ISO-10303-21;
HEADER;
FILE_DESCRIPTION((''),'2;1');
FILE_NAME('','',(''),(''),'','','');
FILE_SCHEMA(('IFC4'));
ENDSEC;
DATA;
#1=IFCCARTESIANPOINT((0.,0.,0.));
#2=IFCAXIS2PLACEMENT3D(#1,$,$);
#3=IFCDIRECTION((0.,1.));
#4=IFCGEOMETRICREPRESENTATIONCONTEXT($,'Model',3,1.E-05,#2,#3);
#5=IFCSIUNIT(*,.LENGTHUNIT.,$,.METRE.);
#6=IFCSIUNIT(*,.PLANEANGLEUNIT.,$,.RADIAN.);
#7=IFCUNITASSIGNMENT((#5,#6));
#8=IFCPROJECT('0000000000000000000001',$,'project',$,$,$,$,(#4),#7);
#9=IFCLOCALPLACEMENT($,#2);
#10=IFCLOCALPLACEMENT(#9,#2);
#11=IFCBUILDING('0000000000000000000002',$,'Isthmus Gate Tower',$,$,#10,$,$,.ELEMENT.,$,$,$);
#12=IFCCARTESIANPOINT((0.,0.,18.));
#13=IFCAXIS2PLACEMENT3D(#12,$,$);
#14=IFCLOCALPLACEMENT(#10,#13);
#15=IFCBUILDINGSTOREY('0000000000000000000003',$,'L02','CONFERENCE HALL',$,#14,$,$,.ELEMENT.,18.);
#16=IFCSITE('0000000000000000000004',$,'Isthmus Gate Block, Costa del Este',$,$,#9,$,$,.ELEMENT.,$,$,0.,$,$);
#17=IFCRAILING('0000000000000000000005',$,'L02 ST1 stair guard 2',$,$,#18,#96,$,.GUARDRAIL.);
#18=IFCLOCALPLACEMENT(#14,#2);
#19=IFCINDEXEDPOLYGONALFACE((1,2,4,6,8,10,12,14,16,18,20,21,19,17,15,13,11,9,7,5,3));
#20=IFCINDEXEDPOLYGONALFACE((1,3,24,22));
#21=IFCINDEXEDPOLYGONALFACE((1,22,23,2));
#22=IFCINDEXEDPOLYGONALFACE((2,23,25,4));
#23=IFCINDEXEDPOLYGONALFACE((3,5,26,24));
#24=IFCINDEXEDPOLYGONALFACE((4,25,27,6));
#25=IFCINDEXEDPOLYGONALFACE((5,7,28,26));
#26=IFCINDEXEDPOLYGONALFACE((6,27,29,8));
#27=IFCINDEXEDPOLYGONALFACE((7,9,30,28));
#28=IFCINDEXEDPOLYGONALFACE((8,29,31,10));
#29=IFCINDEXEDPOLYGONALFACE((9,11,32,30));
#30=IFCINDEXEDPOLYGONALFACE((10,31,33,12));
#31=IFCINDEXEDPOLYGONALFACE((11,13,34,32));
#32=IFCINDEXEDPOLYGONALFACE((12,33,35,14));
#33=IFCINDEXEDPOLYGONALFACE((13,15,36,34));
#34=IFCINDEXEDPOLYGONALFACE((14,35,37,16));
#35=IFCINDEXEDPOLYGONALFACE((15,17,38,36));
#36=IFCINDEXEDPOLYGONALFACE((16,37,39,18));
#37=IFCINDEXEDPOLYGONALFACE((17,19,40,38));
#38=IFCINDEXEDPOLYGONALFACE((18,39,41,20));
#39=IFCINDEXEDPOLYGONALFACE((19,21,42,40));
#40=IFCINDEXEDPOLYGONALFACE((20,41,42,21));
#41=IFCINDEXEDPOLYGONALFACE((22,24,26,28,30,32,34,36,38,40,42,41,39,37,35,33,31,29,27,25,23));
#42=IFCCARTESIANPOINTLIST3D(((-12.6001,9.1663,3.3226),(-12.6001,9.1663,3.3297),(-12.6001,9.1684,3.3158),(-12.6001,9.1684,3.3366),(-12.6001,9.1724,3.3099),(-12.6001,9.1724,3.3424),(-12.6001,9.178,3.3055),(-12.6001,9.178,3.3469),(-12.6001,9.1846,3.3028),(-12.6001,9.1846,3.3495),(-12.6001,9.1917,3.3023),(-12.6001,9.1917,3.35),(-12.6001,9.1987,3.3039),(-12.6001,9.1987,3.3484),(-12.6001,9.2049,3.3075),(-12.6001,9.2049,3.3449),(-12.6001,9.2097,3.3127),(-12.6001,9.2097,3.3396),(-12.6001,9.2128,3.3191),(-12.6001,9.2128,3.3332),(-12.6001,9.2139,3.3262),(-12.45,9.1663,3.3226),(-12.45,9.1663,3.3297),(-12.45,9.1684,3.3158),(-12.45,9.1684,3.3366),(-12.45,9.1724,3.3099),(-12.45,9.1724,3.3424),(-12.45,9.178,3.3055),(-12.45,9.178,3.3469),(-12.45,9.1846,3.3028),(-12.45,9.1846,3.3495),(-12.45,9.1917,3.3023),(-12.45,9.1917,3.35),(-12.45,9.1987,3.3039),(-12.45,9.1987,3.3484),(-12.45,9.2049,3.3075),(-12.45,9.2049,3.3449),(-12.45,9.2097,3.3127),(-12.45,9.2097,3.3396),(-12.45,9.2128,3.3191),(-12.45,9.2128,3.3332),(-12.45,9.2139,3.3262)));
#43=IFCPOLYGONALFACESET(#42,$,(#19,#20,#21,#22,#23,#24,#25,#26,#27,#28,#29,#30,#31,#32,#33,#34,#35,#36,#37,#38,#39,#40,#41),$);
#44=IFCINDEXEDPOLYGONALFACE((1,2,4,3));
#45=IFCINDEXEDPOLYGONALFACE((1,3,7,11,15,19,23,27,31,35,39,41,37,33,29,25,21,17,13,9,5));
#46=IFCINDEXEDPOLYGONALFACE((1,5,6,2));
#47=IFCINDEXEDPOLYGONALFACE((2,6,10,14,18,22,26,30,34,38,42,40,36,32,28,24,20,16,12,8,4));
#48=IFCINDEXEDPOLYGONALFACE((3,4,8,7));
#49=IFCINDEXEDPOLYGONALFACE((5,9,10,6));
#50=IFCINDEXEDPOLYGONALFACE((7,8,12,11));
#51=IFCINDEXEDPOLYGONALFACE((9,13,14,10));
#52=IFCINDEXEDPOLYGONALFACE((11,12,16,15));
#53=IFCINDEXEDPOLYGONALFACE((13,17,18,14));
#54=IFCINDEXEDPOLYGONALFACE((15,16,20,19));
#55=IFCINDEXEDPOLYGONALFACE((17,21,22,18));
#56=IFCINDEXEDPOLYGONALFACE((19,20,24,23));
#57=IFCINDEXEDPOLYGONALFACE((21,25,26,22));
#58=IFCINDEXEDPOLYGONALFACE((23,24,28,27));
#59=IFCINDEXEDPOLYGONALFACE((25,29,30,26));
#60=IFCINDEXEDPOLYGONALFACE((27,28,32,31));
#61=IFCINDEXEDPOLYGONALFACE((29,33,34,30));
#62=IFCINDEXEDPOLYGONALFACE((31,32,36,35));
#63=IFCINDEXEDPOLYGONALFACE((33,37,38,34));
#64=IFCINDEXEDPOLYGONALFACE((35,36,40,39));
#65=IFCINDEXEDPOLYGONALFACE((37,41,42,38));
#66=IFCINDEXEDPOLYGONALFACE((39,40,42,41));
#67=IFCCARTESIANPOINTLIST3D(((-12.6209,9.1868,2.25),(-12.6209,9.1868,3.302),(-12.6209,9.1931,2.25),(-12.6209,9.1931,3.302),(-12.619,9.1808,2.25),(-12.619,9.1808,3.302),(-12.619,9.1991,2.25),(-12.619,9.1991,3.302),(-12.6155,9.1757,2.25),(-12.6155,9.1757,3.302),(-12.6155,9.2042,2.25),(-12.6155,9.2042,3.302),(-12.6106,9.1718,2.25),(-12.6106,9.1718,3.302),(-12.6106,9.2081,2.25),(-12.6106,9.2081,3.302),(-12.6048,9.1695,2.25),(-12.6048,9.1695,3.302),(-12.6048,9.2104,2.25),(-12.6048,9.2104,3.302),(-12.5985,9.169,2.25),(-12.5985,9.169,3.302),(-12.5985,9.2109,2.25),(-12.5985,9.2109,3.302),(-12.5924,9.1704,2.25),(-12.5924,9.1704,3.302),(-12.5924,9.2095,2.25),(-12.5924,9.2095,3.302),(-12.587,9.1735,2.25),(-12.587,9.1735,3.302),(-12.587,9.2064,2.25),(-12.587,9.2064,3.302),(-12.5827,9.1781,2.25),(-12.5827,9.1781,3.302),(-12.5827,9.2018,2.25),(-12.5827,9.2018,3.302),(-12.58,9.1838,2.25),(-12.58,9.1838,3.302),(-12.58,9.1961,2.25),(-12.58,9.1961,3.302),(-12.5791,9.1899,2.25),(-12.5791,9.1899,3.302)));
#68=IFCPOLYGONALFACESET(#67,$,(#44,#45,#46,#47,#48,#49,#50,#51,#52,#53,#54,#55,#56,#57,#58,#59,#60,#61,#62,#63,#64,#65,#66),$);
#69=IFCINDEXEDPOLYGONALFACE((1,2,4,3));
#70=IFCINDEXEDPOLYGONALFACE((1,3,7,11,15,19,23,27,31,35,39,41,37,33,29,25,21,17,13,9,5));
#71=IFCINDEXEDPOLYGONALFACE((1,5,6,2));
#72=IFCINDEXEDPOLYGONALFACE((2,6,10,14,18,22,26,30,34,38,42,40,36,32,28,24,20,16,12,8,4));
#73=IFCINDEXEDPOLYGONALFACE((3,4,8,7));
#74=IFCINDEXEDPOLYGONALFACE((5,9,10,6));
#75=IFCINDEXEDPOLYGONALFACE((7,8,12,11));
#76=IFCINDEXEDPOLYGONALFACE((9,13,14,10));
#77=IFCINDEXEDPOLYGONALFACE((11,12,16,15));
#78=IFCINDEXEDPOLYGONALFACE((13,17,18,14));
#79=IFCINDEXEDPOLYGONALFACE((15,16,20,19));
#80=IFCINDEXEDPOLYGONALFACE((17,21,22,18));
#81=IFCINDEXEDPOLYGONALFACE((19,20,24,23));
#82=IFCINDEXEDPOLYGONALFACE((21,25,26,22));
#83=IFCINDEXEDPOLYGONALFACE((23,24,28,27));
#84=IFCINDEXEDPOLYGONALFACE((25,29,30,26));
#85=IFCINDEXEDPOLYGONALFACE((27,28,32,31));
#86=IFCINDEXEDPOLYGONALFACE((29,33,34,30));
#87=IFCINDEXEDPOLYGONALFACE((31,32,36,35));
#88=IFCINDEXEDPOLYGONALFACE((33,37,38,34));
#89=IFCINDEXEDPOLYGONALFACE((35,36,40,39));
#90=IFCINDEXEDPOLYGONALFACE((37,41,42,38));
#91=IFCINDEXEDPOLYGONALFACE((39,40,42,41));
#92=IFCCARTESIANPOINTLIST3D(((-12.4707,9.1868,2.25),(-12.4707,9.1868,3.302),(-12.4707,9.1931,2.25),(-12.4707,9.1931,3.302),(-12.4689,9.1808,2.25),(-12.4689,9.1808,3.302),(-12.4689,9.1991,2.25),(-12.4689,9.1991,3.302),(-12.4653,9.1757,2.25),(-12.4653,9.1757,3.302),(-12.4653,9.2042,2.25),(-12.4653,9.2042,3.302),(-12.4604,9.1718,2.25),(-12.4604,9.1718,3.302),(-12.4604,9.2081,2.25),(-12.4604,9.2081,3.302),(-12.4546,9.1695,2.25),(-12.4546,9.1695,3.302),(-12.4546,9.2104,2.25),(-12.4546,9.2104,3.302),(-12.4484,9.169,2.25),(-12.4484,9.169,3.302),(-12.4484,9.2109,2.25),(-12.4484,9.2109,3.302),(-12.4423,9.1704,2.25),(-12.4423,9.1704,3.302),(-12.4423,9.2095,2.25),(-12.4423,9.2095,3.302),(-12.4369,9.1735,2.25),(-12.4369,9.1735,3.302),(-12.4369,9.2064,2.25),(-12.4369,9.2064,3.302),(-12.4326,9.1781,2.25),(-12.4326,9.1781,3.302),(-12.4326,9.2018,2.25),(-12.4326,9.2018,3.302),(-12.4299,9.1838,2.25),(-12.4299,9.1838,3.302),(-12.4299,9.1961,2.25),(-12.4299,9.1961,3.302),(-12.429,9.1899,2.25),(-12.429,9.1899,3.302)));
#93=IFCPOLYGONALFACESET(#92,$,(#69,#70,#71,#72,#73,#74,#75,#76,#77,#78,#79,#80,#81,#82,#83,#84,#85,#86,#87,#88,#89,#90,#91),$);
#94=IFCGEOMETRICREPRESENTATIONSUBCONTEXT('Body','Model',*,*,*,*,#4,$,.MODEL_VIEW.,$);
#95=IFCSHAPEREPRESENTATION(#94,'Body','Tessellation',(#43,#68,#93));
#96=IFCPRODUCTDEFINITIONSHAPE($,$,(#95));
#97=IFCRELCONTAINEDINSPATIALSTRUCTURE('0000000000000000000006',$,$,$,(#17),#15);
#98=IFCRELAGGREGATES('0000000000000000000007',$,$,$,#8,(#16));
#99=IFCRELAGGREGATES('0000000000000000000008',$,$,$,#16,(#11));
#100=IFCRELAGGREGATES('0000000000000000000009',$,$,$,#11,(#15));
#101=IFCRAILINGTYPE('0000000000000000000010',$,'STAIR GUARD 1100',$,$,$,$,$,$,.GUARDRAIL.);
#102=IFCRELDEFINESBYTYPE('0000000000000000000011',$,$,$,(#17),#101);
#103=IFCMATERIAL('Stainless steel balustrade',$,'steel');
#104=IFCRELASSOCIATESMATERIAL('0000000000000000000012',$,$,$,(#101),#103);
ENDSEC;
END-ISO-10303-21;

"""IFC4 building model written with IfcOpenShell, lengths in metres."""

from ifc_helpers import new_model, si_unit, direction, frame, origin, origin_2d, place, context, subcontext, project, spatial, circle, extrude, material, type_object, element, save


model = new_model("IFC4")

# Units and contexts
model_context = context("Model", 3, precision=1e-05, world=origin(), true_north=direction((0.0, 1.0)))
body_context = subcontext(model_context, "Body", "Model", "MODEL_VIEW")
ifc_project = project(units=[si_unit("LENGTHUNIT", "METRE"), si_unit("PLANEANGLEUNIT", "RADIAN")], contexts=[model_context])

# Site, building, storey
site_placement = place(None, origin())
site = spatial("IfcSite", under=ifc_project, at=site_placement, Name="Isthmus Gate Block, Costa del Este", CompositionType="ELEMENT", RefElevation=0.0)
building_placement = place(site_placement, origin())
building = spatial("IfcBuilding", under=site, at=building_placement, Name="Isthmus Gate Tower", CompositionType="ELEMENT")
storey_placement = place(building_placement, frame((0.0, 0.0, 18.0)))
storey = spatial("IfcBuildingStorey", under=building, at=storey_placement, Name="L02", Description="CONFERENCE HALL", CompositionType="ELEMENT", Elevation=18.0)

# Railing
ifc_material_1 = material(Name="Stainless steel balustrade", Category="steel")
railing_type_1 = type_object("IfcRailingType", Name="STAIR GUARD 1100", PredefinedType="GUARDRAIL", material=ifc_material_1)
railing_1_placement = place(storey_placement, frame((-12.6001, 9.1899, 2.25)))
element("IfcRailing", 1, at=railing_1_placement, inside=storey, type_object=railing_type_1, Name="L02 ST1 stair guard 2", PredefinedType="GUARDRAIL", context=body_context, shape_type="SweptSolid", body=[
    extrude(circle(Radius=0.0239, at=origin_2d()), frame((0.0, 0.0, 1.0762), z_axis=(1.0, 0.0, 0.0), x_axis=(0.0, 1.0, 0.0)), (0.0, 0.0, 1.0), 0.1501),
    extrude(circle(Radius=0.021, at=origin_2d()), origin(), (0.0, 0.0, 1.0), 1.052),
    extrude(circle(Radius=0.021, at=origin_2d()), frame((0.1501, 0.0, 0.0)), (0.0, 0.0, 1.0), 1.052),
])

save(model, "model.ifc")
